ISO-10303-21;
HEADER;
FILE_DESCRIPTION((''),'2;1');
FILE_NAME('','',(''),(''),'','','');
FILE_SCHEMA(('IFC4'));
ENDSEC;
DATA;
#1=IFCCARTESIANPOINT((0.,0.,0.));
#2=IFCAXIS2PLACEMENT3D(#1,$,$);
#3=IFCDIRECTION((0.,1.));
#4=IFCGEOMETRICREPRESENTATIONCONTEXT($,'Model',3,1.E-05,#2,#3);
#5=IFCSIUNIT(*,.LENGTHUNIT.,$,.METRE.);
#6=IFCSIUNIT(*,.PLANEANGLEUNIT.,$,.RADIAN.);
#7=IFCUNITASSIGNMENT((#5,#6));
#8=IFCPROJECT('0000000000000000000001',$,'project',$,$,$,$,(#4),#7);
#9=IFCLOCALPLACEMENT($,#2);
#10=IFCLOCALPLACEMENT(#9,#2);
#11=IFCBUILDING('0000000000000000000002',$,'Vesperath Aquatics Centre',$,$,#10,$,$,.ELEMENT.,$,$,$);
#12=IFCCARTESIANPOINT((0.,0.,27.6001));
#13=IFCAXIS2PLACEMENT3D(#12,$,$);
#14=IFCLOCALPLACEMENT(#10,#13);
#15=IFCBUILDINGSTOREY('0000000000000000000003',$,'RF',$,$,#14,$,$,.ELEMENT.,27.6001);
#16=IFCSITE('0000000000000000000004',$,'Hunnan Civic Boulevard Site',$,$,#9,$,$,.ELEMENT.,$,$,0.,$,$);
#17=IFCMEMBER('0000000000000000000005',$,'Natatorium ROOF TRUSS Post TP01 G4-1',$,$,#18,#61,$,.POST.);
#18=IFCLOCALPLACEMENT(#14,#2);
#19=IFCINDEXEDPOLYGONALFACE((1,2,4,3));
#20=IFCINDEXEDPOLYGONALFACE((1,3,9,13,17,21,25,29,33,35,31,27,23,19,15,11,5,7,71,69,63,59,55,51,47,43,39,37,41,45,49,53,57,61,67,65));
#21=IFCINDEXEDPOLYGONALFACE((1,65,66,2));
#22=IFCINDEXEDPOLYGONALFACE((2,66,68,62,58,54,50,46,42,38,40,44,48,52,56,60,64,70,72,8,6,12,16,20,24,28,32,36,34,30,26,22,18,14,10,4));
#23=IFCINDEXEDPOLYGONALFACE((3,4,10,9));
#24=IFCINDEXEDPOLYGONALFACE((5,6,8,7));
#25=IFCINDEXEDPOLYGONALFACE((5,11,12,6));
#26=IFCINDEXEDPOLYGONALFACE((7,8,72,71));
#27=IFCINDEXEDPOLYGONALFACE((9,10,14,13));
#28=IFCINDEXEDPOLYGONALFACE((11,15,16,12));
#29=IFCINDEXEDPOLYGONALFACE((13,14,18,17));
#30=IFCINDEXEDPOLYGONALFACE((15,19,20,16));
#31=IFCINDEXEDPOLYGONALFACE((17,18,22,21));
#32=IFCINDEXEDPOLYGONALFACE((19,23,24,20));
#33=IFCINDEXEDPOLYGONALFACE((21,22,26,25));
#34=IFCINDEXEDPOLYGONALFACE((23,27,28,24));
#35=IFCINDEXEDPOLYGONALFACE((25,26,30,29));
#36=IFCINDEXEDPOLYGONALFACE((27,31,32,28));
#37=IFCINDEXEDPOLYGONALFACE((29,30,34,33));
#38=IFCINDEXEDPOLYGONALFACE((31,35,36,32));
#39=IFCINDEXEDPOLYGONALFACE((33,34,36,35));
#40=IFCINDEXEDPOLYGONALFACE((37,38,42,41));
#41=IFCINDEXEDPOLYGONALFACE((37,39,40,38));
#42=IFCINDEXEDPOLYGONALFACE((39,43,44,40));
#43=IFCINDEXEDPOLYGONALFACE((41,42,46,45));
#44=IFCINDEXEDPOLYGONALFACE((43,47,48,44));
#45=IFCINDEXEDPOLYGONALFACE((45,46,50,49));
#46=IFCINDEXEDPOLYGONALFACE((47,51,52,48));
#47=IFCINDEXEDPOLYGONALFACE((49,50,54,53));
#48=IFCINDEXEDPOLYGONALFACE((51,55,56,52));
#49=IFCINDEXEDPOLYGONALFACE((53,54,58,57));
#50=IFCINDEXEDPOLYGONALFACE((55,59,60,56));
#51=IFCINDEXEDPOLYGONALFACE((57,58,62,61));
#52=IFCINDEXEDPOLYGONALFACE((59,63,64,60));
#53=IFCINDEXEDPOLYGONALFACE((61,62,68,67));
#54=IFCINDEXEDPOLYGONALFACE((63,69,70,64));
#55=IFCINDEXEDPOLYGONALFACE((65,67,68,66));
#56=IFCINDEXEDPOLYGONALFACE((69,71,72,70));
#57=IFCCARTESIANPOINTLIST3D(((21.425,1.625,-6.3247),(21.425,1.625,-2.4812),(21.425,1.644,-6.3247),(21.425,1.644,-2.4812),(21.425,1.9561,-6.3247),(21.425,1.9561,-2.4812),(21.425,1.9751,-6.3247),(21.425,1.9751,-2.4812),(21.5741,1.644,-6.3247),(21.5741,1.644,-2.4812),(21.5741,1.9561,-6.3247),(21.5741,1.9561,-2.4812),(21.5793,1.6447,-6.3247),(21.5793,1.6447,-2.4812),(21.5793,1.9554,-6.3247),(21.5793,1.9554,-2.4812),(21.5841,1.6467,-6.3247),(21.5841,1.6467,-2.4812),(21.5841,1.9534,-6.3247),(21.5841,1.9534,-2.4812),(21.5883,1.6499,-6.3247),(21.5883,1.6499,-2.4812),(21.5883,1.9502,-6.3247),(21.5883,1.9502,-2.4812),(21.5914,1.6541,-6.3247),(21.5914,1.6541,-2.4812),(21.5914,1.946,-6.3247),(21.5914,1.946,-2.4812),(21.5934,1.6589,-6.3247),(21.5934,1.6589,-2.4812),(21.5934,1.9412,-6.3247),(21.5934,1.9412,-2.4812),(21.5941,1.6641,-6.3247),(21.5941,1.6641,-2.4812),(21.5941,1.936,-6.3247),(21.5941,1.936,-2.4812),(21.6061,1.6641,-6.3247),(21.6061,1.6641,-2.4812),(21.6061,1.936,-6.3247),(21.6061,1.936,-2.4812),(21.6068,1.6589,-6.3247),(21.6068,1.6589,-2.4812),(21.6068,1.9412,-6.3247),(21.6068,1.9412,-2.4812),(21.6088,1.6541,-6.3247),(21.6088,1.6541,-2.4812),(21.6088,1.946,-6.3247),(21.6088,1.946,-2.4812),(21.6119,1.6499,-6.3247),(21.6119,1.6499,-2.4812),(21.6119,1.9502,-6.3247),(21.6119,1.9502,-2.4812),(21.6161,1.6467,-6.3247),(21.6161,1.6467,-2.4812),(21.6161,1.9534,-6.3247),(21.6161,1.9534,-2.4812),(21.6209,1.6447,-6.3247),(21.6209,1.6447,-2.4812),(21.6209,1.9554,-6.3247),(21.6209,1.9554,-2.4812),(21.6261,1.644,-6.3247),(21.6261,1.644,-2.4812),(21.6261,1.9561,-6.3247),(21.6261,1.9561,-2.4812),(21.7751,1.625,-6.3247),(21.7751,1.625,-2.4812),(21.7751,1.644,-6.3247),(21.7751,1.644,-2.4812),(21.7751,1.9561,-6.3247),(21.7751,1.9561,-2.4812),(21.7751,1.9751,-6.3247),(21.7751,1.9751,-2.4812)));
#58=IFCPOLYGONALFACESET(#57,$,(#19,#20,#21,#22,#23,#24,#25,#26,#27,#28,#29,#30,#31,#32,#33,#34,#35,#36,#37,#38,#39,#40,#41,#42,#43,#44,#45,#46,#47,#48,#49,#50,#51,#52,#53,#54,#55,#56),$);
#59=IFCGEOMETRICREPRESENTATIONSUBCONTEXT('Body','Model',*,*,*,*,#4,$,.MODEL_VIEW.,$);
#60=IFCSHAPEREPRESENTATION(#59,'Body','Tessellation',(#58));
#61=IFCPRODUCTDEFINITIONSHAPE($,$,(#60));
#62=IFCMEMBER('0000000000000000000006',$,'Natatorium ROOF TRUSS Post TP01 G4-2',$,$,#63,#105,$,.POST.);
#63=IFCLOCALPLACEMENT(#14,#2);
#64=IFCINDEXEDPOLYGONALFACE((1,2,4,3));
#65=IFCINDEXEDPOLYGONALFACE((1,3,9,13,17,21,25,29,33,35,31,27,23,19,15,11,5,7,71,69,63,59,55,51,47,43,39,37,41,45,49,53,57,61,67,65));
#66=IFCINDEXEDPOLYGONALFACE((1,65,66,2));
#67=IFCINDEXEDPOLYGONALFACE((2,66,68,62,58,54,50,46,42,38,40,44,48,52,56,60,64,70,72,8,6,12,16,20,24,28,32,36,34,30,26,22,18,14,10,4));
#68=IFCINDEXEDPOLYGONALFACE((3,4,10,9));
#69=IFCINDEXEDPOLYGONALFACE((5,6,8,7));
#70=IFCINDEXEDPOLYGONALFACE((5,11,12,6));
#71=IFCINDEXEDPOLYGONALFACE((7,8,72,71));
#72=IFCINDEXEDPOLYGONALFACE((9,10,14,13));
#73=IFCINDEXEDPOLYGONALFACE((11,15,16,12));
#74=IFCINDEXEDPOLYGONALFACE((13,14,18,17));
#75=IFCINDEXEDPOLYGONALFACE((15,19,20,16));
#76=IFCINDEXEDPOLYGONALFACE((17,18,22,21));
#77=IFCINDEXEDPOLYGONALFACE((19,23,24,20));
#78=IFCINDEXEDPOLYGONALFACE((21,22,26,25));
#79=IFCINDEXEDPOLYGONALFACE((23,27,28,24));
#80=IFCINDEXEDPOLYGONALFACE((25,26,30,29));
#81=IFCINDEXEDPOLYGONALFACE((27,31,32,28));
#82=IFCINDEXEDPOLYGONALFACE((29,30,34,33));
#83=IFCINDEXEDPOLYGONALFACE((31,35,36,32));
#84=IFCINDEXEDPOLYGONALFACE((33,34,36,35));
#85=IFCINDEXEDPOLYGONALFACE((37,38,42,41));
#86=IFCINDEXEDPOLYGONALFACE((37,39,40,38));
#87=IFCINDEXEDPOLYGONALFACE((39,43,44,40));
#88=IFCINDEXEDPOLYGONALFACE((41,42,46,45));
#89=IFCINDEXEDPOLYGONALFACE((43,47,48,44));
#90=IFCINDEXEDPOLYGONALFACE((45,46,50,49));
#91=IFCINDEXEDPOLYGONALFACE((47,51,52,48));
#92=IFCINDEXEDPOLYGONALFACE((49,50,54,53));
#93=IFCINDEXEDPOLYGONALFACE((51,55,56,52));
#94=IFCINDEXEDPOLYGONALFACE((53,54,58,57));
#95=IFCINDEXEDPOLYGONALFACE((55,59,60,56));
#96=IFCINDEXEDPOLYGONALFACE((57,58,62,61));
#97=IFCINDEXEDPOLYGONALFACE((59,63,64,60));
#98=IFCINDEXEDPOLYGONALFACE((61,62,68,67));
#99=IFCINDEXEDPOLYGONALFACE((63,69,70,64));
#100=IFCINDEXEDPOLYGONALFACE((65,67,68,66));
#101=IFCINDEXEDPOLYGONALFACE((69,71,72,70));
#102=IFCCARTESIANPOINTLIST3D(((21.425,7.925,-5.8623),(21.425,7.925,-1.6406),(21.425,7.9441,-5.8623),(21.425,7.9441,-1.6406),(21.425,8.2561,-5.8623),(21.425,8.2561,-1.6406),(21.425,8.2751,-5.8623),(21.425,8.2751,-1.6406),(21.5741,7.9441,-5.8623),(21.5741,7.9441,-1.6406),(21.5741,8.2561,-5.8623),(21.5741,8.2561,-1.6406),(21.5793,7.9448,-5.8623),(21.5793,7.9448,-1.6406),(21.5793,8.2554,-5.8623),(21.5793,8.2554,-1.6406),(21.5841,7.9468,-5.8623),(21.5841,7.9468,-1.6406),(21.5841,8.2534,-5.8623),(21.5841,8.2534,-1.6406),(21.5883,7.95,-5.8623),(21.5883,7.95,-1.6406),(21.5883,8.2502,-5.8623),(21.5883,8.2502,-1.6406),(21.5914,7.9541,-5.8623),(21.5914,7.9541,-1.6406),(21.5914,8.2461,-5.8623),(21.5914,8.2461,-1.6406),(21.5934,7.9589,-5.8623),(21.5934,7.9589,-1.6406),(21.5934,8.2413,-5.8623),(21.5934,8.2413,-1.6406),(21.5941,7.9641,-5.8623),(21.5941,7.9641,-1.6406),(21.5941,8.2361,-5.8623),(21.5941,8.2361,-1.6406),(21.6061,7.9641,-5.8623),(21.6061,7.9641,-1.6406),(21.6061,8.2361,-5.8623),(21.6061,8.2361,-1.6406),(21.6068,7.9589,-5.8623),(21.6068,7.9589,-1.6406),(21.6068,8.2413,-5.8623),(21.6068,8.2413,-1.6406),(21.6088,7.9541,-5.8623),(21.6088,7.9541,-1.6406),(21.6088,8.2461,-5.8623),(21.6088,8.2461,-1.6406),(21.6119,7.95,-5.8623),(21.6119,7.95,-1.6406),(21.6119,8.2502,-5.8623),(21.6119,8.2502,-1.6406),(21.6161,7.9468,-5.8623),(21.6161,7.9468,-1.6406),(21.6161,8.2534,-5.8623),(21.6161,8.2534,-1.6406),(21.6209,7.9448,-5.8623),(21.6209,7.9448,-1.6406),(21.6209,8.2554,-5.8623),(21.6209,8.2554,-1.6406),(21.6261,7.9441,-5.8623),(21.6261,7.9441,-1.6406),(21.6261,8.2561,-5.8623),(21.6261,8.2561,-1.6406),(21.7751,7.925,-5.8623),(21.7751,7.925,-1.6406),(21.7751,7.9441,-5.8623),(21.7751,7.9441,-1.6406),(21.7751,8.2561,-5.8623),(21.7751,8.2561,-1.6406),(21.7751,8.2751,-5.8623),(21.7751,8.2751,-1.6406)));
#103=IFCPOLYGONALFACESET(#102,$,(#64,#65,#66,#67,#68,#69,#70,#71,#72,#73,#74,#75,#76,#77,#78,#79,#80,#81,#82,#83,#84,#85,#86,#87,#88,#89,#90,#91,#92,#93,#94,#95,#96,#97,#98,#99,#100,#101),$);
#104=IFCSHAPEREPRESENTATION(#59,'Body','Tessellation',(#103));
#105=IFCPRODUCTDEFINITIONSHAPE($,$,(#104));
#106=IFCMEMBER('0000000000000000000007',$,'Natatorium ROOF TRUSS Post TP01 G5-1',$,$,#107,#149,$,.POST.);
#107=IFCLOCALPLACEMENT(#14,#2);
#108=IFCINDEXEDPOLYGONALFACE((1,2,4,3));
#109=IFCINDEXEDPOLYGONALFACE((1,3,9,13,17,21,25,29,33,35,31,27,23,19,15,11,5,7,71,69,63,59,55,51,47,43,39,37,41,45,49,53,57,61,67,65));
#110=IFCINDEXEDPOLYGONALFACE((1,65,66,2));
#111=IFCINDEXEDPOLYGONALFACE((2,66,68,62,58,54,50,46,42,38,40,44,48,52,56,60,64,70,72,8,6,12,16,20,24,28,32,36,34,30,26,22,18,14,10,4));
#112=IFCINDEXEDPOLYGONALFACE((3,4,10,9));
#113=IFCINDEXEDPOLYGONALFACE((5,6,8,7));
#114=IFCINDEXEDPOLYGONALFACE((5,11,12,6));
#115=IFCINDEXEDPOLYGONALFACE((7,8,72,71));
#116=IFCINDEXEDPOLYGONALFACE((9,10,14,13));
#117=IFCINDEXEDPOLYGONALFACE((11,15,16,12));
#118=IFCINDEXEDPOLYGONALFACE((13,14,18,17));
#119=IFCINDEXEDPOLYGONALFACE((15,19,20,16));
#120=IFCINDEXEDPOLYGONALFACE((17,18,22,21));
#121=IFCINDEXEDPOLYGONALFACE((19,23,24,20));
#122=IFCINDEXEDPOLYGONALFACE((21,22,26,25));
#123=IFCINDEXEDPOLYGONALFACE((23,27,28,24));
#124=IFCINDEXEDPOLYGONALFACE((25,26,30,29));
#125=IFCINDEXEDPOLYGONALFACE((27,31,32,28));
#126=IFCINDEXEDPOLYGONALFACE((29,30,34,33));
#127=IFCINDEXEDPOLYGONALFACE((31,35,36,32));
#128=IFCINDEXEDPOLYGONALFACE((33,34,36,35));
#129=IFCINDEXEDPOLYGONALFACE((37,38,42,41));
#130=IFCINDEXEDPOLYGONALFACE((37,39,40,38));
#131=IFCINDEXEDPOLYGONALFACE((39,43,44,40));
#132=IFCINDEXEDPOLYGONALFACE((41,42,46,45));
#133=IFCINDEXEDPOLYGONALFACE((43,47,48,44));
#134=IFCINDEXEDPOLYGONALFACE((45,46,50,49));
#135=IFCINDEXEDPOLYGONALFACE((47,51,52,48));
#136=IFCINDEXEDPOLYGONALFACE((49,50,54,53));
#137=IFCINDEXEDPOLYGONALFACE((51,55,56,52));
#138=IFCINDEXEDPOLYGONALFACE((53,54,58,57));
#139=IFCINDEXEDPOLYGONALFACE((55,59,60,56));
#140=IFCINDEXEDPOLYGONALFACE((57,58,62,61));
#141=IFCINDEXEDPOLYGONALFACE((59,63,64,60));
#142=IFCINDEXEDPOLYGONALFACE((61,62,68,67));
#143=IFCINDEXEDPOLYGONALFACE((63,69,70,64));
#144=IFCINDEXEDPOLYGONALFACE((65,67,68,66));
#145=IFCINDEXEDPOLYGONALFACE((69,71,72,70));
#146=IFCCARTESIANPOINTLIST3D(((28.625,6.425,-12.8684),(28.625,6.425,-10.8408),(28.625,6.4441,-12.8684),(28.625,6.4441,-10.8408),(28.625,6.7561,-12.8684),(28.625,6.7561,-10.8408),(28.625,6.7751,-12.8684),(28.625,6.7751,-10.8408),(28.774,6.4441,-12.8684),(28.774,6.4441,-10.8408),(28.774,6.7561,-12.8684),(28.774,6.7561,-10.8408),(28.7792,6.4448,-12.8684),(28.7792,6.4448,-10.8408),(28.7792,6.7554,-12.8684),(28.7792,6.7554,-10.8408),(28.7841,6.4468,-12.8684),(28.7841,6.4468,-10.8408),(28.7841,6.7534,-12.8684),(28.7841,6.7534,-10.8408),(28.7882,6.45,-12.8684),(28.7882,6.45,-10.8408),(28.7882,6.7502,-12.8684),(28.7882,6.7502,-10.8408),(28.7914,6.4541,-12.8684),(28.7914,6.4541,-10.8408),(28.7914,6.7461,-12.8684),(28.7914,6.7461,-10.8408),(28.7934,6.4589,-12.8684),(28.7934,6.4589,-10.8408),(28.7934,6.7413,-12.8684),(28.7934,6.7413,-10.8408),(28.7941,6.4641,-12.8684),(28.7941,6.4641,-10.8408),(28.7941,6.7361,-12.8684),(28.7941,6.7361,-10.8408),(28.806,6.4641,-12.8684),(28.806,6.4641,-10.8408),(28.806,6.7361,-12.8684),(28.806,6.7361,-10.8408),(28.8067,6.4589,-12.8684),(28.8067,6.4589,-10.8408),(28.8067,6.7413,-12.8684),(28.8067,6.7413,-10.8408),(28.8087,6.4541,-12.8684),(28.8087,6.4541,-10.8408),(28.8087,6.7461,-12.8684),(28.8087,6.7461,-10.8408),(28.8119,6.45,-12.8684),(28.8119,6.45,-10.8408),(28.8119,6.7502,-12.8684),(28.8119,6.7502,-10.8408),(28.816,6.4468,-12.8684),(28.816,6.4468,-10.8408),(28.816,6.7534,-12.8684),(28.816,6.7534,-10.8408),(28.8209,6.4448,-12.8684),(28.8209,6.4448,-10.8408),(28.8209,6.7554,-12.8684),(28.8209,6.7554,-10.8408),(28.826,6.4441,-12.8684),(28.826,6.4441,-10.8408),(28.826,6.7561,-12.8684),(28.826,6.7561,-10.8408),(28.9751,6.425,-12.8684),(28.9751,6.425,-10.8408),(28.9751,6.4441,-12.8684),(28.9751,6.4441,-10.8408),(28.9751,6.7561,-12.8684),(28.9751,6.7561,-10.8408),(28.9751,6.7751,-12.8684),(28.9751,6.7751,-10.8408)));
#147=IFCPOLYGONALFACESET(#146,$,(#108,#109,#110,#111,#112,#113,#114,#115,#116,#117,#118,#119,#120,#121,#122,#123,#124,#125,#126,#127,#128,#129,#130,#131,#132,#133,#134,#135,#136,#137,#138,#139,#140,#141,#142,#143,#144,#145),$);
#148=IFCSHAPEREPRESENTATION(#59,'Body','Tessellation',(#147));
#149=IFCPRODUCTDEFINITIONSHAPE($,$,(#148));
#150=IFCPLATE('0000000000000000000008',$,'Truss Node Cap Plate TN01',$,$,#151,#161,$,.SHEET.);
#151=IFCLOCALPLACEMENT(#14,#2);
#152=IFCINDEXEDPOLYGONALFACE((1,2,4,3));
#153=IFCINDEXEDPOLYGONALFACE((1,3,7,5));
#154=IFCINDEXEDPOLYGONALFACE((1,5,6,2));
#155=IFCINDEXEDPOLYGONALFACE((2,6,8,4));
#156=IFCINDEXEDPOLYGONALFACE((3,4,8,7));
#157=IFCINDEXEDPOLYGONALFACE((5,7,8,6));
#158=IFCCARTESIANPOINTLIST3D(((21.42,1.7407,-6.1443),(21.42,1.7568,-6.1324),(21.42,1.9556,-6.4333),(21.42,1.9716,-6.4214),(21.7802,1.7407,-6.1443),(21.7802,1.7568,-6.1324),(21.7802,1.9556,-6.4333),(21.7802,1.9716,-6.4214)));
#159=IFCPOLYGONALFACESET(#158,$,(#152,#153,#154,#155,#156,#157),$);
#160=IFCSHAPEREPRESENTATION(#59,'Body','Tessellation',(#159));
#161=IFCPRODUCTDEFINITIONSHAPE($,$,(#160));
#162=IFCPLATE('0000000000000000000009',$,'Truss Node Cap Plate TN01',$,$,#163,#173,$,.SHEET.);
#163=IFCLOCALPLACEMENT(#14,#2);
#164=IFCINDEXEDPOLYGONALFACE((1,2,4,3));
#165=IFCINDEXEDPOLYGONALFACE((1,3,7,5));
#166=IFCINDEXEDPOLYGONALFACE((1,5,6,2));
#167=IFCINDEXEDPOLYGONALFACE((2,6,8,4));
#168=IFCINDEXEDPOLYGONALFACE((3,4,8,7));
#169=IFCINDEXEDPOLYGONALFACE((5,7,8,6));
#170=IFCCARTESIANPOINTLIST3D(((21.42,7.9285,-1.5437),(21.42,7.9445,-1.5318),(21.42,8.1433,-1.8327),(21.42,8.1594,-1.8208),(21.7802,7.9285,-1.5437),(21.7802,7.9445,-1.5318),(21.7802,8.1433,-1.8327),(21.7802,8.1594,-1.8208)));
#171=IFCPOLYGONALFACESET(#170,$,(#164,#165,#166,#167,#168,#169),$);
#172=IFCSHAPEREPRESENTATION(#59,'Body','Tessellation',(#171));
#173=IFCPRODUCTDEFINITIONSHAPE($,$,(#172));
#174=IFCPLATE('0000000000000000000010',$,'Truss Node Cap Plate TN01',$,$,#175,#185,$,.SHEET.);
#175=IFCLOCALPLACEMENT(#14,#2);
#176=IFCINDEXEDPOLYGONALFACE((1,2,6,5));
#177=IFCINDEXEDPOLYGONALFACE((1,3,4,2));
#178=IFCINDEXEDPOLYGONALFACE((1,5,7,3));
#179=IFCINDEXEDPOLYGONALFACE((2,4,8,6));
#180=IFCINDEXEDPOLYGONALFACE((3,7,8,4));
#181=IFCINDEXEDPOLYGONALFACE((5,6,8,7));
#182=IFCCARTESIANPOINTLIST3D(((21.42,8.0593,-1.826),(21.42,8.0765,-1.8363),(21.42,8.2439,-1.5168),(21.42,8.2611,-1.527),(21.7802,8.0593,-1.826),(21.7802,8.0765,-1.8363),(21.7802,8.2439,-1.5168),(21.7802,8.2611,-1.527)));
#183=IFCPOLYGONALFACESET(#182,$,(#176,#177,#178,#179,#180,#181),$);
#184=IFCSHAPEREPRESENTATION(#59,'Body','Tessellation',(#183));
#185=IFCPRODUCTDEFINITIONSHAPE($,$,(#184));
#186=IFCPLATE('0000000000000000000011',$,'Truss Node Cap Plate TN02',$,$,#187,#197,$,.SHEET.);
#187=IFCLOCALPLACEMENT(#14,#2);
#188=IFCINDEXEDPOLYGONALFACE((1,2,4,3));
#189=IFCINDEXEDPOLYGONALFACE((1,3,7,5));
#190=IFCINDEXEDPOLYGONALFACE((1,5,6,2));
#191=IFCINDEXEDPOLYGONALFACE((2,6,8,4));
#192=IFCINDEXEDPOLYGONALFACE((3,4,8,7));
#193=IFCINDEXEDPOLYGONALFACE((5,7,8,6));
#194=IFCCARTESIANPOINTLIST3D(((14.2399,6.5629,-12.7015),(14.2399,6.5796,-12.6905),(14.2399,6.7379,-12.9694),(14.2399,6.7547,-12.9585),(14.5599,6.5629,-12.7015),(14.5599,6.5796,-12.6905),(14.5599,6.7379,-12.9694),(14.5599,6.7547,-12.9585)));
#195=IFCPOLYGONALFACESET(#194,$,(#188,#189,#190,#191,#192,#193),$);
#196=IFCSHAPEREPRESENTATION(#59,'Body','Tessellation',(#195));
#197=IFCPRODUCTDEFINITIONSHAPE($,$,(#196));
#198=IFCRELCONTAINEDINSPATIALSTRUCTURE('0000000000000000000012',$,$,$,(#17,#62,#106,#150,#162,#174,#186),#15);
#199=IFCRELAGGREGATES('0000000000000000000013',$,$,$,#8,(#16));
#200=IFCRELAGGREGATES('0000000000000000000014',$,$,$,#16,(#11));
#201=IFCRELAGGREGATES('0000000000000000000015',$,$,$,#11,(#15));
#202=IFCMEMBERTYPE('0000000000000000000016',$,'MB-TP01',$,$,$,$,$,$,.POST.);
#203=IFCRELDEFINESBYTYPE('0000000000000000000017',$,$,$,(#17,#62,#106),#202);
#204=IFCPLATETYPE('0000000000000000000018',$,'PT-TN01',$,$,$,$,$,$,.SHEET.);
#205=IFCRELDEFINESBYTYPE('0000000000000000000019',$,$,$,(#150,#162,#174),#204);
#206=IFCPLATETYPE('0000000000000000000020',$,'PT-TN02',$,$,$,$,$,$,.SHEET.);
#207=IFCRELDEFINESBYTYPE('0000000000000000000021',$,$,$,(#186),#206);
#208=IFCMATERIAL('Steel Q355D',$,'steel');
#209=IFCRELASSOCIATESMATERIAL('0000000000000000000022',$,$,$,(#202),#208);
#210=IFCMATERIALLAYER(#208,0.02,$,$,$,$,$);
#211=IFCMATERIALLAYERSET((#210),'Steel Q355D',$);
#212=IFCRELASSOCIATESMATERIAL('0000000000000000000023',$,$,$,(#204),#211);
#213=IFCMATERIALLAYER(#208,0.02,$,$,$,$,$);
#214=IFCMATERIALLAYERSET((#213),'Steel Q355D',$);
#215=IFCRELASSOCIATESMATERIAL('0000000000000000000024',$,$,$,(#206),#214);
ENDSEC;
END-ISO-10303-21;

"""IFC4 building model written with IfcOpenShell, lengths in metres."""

from ifc_helpers import new_model, si_unit, direction, frame, origin, origin_2d, place, context, subcontext, project, spatial, rectangle, i_section, extrude, material, layer, layer_set, material_profile, profile_set, type_object, element, save


model = new_model("IFC4")

# Units and contexts
model_context = context("Model", 3, precision=1e-05, world=origin(), true_north=direction((0.0, 1.0)))
body_context = subcontext(model_context, "Body", "Model", "MODEL_VIEW")
ifc_project = project(units=[si_unit("LENGTHUNIT", "METRE"), si_unit("PLANEANGLEUNIT", "RADIAN")], contexts=[model_context])

# Site, building, storey
site_placement = place(None, origin())
site = spatial("IfcSite", under=ifc_project, at=site_placement, Name="Hunnan Civic Boulevard Site", CompositionType="ELEMENT", RefElevation=0.0)
building_placement = place(site_placement, origin())
building = spatial("IfcBuilding", under=site, at=building_placement, Name="Vesperath Aquatics Centre", CompositionType="ELEMENT")
storey_placement = place(building_placement, frame((0.0, 0.0, 27.6001)))
storey = spatial("IfcBuildingStorey", under=building, at=storey_placement, Name="RF", CompositionType="ELEMENT", Elevation=27.6001)

# Members
ifc_material_1 = material(Name="Steel Q355D", Category="steel")
ifc_material_profile_1 = material_profile(ifc_material_1, i_section(OverallWidth=0.3501, OverallDepth=0.3501, WebThickness=0.012, FlangeThickness=0.019, FilletRadius=0.02, at=origin_2d()), Name="HW 350x350x12x19")
ifc_profile_set_1 = profile_set([ifc_material_profile_1], Name="Steel Q355D")
member_type_1 = type_object("IfcMemberType", Name="MB-TP01", PredefinedType="POST", material=ifc_profile_set_1)
member_1_placement = place(storey_placement, frame((21.6001, 1.8, -6.3247), z_axis=(0.0, 0.0, 1.0), x_axis=(1.0, 0.0, 0.0)))
element("IfcMember", 1, at=member_1_placement, inside=storey, type_object=member_type_1, Name="Natatorium ROOF TRUSS Post TP01 G4-1", PredefinedType="POST", context=body_context, shape_type="SweptSolid", body=[
    extrude(i_section(OverallWidth=0.3501, OverallDepth=0.3501, WebThickness=0.012, FlangeThickness=0.019, FilletRadius=0.02, at=origin_2d()), origin(), (0.0, 0.0, 1.0), 3.8435),
])
member_2_placement = place(storey_placement, frame((21.6001, 8.1001, -5.8623), z_axis=(0.0, 0.0, 1.0), x_axis=(1.0, 0.0, 0.0)))
element("IfcMember", 2, at=member_2_placement, inside=storey, type_object=member_type_1, Name="Natatorium ROOF TRUSS Post TP01 G4-2", PredefinedType="POST", context=body_context, shape_type="SweptSolid", body=[
    extrude(i_section(OverallWidth=0.3501, OverallDepth=0.3501, WebThickness=0.012, FlangeThickness=0.019, FilletRadius=0.02, at=origin_2d()), origin(), (0.0, 0.0, 1.0), 4.2217),
])
member_3_placement = place(storey_placement, frame((28.8, 6.6001, -12.8684), z_axis=(0.0, 0.0, 1.0), x_axis=(1.0, 0.0, 0.0)))
element("IfcMember", 3, at=member_3_placement, inside=storey, type_object=member_type_1, Name="Natatorium ROOF TRUSS Post TP01 G5-1", PredefinedType="POST", context=body_context, shape_type="SweptSolid", body=[
    extrude(i_section(OverallWidth=0.3501, OverallDepth=0.3501, WebThickness=0.012, FlangeThickness=0.019, FilletRadius=0.02, at=origin_2d()), origin(), (0.0, 0.0, 1.0), 2.0276),
])

# Plates
ifc_layer_1 = layer(ifc_material_1, 0.02)
ifc_layer_set_1 = layer_set([ifc_layer_1], Name="Steel Q355D")
plate_type_1 = type_object("IfcPlateType", Name="PT-TN01", PredefinedType="SHEET", material=ifc_layer_set_1)
for number, where, z_axis, x_axis, name in (
    (4, (21.6001, 1.8481, -6.2888), (0.0, 0.802494, 0.59666), (-1.0, 0.0, 0.0), "Truss Node Cap Plate TN01"),
    (5, (21.6001, 8.0359, -1.6882), (0.0, 0.802494, 0.59666), (-1.0, 0.0, 0.0), "Truss Node Cap Plate TN01"),
    (6, (21.6001, 8.1516, -1.6714), (0.0, 0.858729, -0.51243), (-1.0, 0.0, 0.0), "Truss Node Cap Plate TN01"),
):
    element("IfcPlate", number, at=place(storey_placement, frame(where, z_axis=z_axis, x_axis=x_axis)), inside=storey, type_object=plate_type_1, Name=name, PredefinedType="SHEET", context=body_context, shape_type="SweptSolid", body=[
        extrude(rectangle(XDim=0.3601, YDim=0.3601, at=origin_2d()), origin(), (0.0, 0.0, 1.0), 0.02),
    ])
ifc_layer_2 = layer(ifc_material_1, 0.02)
ifc_layer_set_2 = layer_set([ifc_layer_2], Name="Steel Q355D")
plate_type_2 = type_object("IfcPlateType", Name="PT-TN02", PredefinedType="SHEET", material=ifc_layer_set_2)
for number, where, z_axis, x_axis, name in (
    (7, (14.3999, 6.6504, -12.8354), (0.0, 0.837176, 0.546934), (-1.0, 0.0, 0.0), "Truss Node Cap Plate TN02"),
):
    element("IfcPlate", number, at=place(storey_placement, frame(where, z_axis=z_axis, x_axis=x_axis)), inside=storey, type_object=plate_type_2, Name=name, PredefinedType="SHEET", context=body_context, shape_type="SweptSolid", body=[
        extrude(rectangle(XDim=0.3201, YDim=0.3201, at=origin_2d()), origin(), (0.0, 0.0, 1.0), 0.02),
    ])

save(model, "model.ifc")
